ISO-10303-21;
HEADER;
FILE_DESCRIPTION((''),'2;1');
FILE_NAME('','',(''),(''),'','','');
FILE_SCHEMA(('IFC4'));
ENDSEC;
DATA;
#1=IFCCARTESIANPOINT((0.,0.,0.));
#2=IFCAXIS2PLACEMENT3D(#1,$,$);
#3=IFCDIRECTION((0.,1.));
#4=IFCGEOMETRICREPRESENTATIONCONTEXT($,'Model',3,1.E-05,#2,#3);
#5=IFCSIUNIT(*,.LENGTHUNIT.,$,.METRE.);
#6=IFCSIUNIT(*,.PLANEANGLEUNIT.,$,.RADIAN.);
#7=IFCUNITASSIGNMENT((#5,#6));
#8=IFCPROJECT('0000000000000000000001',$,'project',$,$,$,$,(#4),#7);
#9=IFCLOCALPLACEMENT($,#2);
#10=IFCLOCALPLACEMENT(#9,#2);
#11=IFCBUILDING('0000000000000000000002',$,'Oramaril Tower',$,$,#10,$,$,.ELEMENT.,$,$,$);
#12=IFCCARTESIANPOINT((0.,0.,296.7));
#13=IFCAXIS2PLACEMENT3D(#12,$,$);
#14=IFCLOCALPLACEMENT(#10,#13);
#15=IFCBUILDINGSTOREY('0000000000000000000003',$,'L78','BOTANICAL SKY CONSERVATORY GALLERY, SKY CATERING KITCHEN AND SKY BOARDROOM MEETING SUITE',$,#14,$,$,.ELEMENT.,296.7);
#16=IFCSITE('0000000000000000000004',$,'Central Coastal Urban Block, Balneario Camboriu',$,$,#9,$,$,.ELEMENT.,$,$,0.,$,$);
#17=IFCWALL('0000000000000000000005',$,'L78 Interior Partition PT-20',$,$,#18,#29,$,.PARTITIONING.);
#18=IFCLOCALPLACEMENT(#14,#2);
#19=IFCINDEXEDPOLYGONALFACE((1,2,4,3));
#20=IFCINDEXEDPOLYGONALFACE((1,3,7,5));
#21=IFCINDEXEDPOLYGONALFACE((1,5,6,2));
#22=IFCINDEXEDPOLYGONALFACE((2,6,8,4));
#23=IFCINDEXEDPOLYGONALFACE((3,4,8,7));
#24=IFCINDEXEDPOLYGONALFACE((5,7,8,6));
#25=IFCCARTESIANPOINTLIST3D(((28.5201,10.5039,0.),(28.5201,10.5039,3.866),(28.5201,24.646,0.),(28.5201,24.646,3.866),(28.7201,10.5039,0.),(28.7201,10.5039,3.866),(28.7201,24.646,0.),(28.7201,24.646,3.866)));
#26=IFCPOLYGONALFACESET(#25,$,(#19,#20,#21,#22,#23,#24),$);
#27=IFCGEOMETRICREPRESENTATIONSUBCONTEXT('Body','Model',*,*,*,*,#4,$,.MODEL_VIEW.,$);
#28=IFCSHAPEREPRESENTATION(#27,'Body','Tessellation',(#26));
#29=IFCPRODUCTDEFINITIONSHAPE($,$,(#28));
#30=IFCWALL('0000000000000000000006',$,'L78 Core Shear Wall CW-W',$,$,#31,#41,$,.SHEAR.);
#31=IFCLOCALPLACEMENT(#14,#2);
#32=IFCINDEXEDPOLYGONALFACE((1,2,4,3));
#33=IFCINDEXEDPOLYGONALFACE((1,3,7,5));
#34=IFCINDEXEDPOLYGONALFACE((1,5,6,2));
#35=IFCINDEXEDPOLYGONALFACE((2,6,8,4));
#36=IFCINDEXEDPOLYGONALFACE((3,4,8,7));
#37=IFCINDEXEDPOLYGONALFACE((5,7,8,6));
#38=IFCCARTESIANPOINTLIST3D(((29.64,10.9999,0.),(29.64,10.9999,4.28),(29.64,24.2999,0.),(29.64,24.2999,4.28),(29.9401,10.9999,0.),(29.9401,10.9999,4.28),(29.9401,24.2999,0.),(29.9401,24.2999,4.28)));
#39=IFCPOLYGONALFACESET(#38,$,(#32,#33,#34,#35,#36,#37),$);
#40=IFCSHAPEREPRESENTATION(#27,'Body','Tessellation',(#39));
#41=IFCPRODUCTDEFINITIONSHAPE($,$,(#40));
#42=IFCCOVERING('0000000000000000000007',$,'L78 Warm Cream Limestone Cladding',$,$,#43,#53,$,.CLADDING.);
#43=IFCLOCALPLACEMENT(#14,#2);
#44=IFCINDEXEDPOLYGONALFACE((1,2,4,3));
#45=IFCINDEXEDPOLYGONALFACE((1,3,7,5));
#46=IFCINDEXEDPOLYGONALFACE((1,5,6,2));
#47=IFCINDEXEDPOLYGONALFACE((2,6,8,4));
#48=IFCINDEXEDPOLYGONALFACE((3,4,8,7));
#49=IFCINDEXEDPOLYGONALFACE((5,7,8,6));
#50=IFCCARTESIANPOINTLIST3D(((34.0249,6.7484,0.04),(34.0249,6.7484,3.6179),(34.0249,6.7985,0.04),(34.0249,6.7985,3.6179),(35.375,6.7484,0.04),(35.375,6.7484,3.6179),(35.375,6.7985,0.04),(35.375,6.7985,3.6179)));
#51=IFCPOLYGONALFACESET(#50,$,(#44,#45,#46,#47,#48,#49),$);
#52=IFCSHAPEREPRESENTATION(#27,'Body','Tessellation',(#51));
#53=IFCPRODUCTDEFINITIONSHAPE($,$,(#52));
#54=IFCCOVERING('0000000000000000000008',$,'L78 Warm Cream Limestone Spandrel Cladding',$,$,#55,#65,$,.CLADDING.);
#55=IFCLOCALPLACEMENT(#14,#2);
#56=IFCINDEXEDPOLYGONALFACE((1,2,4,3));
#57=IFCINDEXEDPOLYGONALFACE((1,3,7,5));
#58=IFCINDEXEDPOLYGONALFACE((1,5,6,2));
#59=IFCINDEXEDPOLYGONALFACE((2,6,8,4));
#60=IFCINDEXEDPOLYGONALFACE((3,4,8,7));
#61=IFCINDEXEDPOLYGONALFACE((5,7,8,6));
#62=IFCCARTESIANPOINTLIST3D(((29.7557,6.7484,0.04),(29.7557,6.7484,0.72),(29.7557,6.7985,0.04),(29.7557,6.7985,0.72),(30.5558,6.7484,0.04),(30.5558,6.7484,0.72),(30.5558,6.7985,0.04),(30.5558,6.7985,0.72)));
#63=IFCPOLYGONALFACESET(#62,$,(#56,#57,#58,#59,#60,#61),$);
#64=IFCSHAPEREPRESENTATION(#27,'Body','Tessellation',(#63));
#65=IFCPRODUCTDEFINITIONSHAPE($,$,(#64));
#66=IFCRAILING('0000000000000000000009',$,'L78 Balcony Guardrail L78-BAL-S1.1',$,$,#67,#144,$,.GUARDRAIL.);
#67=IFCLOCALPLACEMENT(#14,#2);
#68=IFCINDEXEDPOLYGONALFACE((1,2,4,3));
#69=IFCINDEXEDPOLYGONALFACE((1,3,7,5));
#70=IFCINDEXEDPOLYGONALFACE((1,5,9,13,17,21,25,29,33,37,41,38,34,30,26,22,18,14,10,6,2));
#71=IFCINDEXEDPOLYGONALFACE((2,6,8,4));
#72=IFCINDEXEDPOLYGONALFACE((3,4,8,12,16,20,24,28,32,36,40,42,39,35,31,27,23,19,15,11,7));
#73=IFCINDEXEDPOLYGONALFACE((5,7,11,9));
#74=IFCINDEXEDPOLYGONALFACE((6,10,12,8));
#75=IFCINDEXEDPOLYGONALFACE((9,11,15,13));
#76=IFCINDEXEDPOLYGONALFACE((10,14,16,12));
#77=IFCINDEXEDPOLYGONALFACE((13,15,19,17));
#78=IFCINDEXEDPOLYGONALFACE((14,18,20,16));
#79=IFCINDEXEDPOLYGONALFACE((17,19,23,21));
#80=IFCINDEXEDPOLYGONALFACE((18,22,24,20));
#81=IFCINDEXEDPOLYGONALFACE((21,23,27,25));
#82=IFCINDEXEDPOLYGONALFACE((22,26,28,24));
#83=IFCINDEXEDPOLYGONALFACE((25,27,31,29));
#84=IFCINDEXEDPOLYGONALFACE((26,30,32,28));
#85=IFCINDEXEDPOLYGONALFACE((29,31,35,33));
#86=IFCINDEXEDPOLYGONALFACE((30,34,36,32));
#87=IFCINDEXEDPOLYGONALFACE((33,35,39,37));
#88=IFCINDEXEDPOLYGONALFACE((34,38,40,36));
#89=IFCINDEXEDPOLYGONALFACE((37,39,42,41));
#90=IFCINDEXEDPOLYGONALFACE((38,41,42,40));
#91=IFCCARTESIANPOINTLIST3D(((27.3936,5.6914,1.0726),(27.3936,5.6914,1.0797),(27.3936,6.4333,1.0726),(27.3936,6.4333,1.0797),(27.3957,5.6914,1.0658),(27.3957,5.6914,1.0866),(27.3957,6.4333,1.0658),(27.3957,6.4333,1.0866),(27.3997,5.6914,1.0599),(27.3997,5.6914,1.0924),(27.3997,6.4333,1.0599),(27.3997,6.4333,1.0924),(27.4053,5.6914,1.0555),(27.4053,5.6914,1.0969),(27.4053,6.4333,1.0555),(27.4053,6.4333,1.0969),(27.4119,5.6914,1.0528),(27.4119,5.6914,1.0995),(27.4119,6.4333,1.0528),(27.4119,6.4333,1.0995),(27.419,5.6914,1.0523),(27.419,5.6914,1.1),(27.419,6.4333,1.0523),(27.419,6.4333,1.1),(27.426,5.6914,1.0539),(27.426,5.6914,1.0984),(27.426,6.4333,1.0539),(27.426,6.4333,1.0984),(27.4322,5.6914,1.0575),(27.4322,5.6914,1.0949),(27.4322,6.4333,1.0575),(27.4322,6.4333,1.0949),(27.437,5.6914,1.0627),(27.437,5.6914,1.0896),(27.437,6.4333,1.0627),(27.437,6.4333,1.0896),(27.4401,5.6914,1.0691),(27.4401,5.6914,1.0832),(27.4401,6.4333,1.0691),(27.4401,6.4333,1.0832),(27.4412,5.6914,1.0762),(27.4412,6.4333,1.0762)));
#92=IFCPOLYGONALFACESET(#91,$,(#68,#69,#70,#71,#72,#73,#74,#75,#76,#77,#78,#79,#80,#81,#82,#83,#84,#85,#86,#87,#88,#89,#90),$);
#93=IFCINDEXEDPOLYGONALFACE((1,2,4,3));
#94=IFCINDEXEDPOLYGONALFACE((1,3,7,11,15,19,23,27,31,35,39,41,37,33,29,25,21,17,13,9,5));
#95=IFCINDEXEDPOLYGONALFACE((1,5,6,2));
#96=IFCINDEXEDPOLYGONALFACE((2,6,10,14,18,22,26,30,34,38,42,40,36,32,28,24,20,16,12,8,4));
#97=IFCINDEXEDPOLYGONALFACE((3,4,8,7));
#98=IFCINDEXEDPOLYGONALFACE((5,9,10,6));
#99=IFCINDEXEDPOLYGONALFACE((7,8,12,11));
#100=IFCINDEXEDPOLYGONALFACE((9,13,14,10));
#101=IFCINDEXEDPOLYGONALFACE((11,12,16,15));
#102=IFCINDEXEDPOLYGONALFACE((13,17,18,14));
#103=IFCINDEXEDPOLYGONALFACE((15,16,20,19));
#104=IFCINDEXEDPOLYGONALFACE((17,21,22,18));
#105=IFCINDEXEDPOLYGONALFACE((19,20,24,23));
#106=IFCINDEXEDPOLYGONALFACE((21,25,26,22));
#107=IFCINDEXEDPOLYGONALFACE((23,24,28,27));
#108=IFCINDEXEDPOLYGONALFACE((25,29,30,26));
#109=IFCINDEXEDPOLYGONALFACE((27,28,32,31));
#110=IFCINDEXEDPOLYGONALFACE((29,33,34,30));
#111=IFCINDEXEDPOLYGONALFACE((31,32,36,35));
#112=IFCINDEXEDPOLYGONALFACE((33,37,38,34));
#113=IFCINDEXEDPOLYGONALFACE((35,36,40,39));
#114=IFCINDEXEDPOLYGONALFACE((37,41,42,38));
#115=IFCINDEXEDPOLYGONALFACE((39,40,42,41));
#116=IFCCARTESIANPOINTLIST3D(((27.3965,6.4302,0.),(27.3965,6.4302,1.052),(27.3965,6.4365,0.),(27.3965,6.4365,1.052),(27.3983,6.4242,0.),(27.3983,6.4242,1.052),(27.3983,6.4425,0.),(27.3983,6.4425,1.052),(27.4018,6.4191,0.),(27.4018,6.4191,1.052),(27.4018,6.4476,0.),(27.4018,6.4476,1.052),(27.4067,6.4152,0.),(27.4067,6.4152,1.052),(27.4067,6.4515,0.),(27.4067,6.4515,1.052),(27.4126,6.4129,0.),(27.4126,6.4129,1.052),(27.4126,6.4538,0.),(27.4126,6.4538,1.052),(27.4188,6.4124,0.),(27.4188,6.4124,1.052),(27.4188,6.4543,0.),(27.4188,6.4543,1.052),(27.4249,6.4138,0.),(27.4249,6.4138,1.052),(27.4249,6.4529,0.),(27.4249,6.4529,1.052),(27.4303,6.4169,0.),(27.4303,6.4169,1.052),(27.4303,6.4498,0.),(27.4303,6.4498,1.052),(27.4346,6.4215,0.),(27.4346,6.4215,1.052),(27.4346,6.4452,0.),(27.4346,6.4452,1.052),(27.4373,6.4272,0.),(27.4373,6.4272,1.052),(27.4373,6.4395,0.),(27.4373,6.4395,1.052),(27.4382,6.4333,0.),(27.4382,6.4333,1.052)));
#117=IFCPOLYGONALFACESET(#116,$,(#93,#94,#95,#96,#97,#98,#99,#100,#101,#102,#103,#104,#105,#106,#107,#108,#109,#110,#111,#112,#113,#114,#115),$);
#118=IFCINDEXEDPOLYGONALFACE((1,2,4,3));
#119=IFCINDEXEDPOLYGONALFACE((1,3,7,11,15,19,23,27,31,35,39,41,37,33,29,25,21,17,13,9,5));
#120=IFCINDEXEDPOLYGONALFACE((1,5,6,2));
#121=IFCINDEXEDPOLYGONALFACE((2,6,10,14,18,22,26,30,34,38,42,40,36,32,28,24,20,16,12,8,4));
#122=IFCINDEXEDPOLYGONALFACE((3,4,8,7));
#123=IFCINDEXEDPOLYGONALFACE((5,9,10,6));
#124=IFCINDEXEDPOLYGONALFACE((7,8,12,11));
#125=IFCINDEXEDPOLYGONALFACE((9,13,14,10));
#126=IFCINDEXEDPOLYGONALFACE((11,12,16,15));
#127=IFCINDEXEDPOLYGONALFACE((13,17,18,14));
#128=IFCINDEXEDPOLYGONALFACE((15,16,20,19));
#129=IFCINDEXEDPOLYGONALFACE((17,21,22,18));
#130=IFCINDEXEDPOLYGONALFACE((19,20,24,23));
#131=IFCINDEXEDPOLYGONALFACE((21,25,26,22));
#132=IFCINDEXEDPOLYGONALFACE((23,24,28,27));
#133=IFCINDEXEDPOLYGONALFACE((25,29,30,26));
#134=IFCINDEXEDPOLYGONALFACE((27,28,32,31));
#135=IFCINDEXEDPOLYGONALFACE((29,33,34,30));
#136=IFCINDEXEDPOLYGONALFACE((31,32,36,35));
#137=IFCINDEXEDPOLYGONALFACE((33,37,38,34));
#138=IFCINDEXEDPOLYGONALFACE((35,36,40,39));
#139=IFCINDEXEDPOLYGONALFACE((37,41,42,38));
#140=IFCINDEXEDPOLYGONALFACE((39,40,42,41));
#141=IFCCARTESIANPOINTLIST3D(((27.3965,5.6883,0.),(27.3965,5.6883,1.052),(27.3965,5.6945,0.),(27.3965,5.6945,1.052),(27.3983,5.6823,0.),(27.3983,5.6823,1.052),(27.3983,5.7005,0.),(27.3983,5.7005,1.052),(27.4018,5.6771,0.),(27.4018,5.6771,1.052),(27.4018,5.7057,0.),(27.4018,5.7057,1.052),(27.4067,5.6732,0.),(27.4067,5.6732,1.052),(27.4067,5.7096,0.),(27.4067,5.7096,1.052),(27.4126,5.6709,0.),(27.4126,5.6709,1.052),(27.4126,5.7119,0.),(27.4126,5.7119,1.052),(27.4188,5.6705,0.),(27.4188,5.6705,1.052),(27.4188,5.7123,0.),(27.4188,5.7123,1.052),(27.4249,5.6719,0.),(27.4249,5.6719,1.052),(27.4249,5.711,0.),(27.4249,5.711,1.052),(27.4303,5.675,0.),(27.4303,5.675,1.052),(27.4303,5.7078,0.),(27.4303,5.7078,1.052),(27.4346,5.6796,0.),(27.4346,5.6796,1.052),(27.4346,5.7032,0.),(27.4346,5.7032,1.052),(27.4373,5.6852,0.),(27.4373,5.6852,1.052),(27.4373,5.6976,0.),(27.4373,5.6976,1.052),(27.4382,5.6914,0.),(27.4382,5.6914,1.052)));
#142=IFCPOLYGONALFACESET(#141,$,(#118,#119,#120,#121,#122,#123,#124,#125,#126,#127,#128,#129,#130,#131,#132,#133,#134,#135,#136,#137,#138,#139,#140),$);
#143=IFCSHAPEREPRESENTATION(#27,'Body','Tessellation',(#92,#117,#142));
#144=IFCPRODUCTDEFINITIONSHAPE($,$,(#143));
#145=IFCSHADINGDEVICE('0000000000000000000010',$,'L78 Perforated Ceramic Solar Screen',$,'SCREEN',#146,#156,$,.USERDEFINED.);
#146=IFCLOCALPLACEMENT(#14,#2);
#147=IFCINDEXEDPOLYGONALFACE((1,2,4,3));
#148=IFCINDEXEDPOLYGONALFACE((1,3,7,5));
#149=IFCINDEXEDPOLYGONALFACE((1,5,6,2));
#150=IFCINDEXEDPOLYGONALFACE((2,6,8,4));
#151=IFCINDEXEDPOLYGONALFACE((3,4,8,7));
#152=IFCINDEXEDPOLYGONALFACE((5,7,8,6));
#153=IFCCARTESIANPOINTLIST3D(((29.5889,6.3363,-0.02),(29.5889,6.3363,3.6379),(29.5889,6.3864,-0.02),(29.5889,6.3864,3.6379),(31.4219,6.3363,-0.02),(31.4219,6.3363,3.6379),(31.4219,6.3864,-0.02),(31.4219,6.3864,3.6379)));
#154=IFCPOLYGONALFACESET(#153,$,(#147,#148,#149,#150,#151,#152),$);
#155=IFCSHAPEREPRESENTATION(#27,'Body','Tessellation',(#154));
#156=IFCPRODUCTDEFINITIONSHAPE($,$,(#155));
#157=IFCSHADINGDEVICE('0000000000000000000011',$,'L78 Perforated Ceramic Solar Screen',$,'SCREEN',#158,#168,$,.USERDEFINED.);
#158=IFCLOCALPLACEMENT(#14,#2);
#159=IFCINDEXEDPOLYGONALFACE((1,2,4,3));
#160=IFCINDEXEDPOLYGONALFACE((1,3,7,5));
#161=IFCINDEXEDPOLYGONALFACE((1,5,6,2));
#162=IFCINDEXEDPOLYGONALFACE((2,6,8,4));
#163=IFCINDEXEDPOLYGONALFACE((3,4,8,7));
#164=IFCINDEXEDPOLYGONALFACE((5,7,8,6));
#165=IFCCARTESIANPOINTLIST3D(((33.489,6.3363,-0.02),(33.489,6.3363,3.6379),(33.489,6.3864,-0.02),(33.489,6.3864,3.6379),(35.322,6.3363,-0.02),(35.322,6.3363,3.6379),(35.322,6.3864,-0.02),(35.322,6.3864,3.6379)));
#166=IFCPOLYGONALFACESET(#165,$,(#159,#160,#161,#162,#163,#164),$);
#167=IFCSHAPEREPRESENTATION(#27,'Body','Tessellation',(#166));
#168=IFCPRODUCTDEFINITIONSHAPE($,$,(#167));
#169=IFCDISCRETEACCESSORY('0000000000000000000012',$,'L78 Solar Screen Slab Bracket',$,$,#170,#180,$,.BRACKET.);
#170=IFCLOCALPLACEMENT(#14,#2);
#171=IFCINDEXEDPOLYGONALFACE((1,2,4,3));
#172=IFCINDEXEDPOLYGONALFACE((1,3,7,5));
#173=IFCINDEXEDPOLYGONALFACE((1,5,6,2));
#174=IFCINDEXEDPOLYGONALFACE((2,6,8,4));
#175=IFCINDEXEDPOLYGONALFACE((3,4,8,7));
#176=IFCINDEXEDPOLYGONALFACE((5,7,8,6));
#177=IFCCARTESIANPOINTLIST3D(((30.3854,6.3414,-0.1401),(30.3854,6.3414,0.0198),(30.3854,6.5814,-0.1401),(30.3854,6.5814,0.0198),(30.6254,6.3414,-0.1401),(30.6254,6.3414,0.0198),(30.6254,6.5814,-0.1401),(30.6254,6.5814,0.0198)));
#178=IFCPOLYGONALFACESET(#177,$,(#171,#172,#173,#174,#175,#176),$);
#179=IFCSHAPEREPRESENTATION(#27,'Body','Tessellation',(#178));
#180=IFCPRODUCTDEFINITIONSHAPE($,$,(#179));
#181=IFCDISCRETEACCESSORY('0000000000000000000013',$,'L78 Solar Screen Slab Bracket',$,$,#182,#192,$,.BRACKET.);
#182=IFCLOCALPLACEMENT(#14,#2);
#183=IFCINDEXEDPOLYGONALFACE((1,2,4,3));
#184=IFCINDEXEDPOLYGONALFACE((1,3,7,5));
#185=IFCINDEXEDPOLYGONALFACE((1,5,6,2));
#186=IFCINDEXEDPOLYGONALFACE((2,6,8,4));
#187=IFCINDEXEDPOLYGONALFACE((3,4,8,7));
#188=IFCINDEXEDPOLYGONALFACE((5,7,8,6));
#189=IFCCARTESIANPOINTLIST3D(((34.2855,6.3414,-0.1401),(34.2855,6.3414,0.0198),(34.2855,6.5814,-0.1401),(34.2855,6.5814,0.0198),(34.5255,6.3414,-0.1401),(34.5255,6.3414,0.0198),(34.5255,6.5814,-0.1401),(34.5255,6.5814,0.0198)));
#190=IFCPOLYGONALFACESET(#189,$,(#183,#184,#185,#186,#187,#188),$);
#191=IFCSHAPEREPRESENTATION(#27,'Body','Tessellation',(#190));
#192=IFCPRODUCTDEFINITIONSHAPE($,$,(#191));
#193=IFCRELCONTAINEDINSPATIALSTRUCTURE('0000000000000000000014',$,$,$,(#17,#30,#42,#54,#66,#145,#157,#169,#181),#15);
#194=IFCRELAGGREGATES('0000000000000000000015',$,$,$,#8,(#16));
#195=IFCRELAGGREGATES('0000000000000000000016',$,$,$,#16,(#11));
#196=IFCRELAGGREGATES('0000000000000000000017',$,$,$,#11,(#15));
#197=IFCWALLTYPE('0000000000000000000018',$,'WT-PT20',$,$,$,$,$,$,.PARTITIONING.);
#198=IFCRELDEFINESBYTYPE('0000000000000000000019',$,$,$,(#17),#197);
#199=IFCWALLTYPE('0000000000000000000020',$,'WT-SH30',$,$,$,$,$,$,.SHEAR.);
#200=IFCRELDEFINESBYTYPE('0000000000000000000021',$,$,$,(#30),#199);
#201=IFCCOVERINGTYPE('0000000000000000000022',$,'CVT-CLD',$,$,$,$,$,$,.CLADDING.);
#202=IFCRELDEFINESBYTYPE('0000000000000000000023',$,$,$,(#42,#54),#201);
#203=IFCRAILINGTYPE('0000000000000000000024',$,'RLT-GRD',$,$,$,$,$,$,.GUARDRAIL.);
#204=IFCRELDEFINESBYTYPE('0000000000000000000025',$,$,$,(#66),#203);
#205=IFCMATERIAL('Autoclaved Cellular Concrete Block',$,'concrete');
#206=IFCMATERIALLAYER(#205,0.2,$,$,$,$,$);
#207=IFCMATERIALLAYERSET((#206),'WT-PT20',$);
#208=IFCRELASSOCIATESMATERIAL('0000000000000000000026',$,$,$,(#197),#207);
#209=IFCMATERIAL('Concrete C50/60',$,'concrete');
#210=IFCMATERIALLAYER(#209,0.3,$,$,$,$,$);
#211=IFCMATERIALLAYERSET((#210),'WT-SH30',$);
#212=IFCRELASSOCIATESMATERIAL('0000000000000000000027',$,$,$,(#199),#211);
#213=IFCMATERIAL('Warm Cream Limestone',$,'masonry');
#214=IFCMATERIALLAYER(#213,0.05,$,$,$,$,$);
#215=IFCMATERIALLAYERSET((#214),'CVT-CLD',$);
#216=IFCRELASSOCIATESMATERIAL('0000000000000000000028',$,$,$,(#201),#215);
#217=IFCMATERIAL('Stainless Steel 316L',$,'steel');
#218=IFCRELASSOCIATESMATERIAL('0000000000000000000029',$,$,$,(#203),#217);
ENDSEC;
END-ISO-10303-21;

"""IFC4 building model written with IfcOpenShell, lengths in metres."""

from ifc_helpers import new_model, si_unit, direction, frame, frame_2d, origin, origin_2d, place, context, subcontext, project, spatial, rectangle, circle, extrude, material, layer, layer_set, type_object, element, save


model = new_model("IFC4")

# Units and contexts
model_context = context("Model", 3, precision=1e-05, world=origin(), true_north=direction((0.0, 1.0)))
body_context = subcontext(model_context, "Body", "Model", "MODEL_VIEW")
ifc_project = project(units=[si_unit("LENGTHUNIT", "METRE"), si_unit("PLANEANGLEUNIT", "RADIAN")], contexts=[model_context])

# Site, building, storey
site_placement = place(None, origin())
site = spatial("IfcSite", under=ifc_project, at=site_placement, Name="Central Coastal Urban Block, Balneario Camboriu", CompositionType="ELEMENT", RefElevation=0.0)
building_placement = place(site_placement, origin())
building = spatial("IfcBuilding", under=site, at=building_placement, Name="Oramaril Tower", CompositionType="ELEMENT")
storey_placement = place(building_placement, frame((0.0, 0.0, 296.7)))
storey = spatial("IfcBuildingStorey", under=building, at=storey_placement, Name="L78", Description="BOTANICAL SKY CONSERVATORY GALLERY, SKY CATERING KITCHEN AND SKY BOARDROOM MEETING SUITE", CompositionType="ELEMENT", Elevation=296.7)

# Shared definitions
ifc_material_1 = material(Name="Autoclaved Cellular Concrete Block", Category="concrete")
ifc_layer_1 = layer(ifc_material_1, 0.2)
ifc_layer_set_1 = layer_set([ifc_layer_1], Name="WT-PT20")
wall_type_1 = type_object("IfcWallType", Name="WT-PT20", PredefinedType="PARTITIONING", material=ifc_layer_set_1)

# Walls
wall_1_placement = place(storey_placement, frame((28.6201, 10.5039, 0.0), z_axis=(0.0, 0.0, 1.0), x_axis=(0.0, 1.0, 0.0)))
element("IfcWall", 1, at=wall_1_placement, inside=storey, type_object=wall_type_1, Name="L78 Interior Partition PT-20", PredefinedType="PARTITIONING", context=body_context, shape_type="SweptSolid", body=[
    extrude(rectangle(XDim=14.1421, YDim=0.2, at=frame_2d((7.071, 0.0))), origin(), (0.0, 0.0, 1.0), 3.866),
])
ifc_material_2 = material(Name="Concrete C50/60", Category="concrete")
ifc_layer_2 = layer(ifc_material_2, 0.3)
ifc_layer_set_2 = layer_set([ifc_layer_2], Name="WT-SH30")
wall_type_2 = type_object("IfcWallType", Name="WT-SH30", PredefinedType="SHEAR", material=ifc_layer_set_2)
wall_2_placement = place(storey_placement, frame((29.79, 11.0, 0.0), z_axis=(0.0, 0.0, 1.0), x_axis=(0.0, 1.0, 0.0)))
element("IfcWall", 2, at=wall_2_placement, inside=storey, type_object=wall_type_2, Name="L78 Core Shear Wall CW-W", PredefinedType="SHEAR", context=body_context, shape_type="SweptSolid", body=[
    extrude(rectangle(XDim=13.3, YDim=0.3, at=frame_2d((6.6499, 0.0))), origin(), (0.0, 0.0, 1.0), 4.28),
])

# Coverings
ifc_material_3 = material(Name="Warm Cream Limestone", Category="masonry")
ifc_layer_3 = layer(ifc_material_3, 0.05)
ifc_layer_set_3 = layer_set([ifc_layer_3], Name="CVT-CLD")
covering_type = type_object("IfcCoveringType", Name="CVT-CLD", PredefinedType="CLADDING", material=ifc_layer_set_3)
covering_1_placement = place(storey_placement, frame((34.7, 6.7734, 0.04), z_axis=(0.0, 0.0, 1.0), x_axis=(1.0, 0.0, 0.0)))
element("IfcCovering", 3, at=covering_1_placement, inside=storey, type_object=covering_type, Name="L78 Warm Cream Limestone Cladding", PredefinedType="CLADDING", context=body_context, shape_type="SweptSolid", body=[
    extrude(rectangle(XDim=1.3501, YDim=0.05, at=origin_2d()), origin(), (0.0, 0.0, 1.0), 3.5779),
])
covering_2_placement = place(storey_placement, frame((30.1558, 6.7734, 0.04), z_axis=(0.0, 0.0, 1.0), x_axis=(1.0, 0.0, 0.0)))
element("IfcCovering", 4, at=covering_2_placement, inside=storey, type_object=covering_type, Name="L78 Warm Cream Limestone Spandrel Cladding", PredefinedType="CLADDING", context=body_context, shape_type="SweptSolid", body=[
    extrude(rectangle(XDim=0.8, YDim=0.05, at=origin_2d()), origin(), (0.0, 0.0, 1.0), 0.6799),
])

# Railing
ifc_material_4 = material(Name="Stainless Steel 316L", Category="steel")
railing_type = type_object("IfcRailingType", Name="RLT-GRD", PredefinedType="GUARDRAIL", material=ifc_material_4)
railing_1_placement = place(storey_placement, frame((27.4172, 6.4333, 0.0)))
element("IfcRailing", 5, at=railing_1_placement, inside=storey, type_object=railing_type, Name="L78 Balcony Guardrail L78-BAL-S1.1", PredefinedType="GUARDRAIL", context=body_context, shape_type="SweptSolid", body=[
    extrude(circle(Radius=0.0239, at=origin_2d()), frame((0.0, 0.0, 1.0762), z_axis=(0.0, -1.0, 0.0), x_axis=(1.0, 0.0, 0.0)), (0.0, 0.0, 1.0), 0.7419),
    extrude(circle(Radius=0.021, at=origin_2d()), origin(), (0.0, 0.0, 1.0), 1.052),
    extrude(circle(Radius=0.021, at=origin_2d()), frame((0.0, -0.7419, 0.0)), (0.0, 0.0, 1.0), 1.052),
])

# Shading devices
for number, where, z_axis, x_axis, name in (
    (6, (30.5054, 6.3613, -0.02), (0.0, 0.0, 1.0), (1.0, 0.0, 0.0), "L78 Perforated Ceramic Solar Screen"),
    (7, (34.4055, 6.3613, -0.02), (0.0, 0.0, 1.0), (1.0, 0.0, 0.0), "L78 Perforated Ceramic Solar Screen"),
):
    element("IfcShadingDevice", number, at=place(storey_placement, frame(where, z_axis=z_axis, x_axis=x_axis)), inside=storey, Name=name, ObjectType="SCREEN", PredefinedType="USERDEFINED", context=body_context, shape_type="SweptSolid", body=[
        extrude(rectangle(XDim=1.833, YDim=0.05, at=origin_2d()), origin(), (0.0, 0.0, 1.0), 3.658),
    ])

# Discrete accessories
for number, where, z_axis, x_axis, name in (
    (8, (30.5054, 6.4614, -0.1401), (0.0, 0.0, 1.0), (1.0, 0.0, 0.0), "L78 Solar Screen Slab Bracket"),
    (9, (34.4055, 6.4614, -0.1401), (0.0, 0.0, 1.0), (1.0, 0.0, 0.0), "L78 Solar Screen Slab Bracket"),
):
    element("IfcDiscreteAccessory", number, at=place(storey_placement, frame(where, z_axis=z_axis, x_axis=x_axis)), inside=storey, Name=name, PredefinedType="BRACKET", context=body_context, shape_type="SweptSolid", body=[
        extrude(rectangle(XDim=0.24, YDim=0.24, at=origin_2d()), origin(), (0.0, 0.0, 1.0), 0.1599),
    ])

save(model, "model.ifc")
